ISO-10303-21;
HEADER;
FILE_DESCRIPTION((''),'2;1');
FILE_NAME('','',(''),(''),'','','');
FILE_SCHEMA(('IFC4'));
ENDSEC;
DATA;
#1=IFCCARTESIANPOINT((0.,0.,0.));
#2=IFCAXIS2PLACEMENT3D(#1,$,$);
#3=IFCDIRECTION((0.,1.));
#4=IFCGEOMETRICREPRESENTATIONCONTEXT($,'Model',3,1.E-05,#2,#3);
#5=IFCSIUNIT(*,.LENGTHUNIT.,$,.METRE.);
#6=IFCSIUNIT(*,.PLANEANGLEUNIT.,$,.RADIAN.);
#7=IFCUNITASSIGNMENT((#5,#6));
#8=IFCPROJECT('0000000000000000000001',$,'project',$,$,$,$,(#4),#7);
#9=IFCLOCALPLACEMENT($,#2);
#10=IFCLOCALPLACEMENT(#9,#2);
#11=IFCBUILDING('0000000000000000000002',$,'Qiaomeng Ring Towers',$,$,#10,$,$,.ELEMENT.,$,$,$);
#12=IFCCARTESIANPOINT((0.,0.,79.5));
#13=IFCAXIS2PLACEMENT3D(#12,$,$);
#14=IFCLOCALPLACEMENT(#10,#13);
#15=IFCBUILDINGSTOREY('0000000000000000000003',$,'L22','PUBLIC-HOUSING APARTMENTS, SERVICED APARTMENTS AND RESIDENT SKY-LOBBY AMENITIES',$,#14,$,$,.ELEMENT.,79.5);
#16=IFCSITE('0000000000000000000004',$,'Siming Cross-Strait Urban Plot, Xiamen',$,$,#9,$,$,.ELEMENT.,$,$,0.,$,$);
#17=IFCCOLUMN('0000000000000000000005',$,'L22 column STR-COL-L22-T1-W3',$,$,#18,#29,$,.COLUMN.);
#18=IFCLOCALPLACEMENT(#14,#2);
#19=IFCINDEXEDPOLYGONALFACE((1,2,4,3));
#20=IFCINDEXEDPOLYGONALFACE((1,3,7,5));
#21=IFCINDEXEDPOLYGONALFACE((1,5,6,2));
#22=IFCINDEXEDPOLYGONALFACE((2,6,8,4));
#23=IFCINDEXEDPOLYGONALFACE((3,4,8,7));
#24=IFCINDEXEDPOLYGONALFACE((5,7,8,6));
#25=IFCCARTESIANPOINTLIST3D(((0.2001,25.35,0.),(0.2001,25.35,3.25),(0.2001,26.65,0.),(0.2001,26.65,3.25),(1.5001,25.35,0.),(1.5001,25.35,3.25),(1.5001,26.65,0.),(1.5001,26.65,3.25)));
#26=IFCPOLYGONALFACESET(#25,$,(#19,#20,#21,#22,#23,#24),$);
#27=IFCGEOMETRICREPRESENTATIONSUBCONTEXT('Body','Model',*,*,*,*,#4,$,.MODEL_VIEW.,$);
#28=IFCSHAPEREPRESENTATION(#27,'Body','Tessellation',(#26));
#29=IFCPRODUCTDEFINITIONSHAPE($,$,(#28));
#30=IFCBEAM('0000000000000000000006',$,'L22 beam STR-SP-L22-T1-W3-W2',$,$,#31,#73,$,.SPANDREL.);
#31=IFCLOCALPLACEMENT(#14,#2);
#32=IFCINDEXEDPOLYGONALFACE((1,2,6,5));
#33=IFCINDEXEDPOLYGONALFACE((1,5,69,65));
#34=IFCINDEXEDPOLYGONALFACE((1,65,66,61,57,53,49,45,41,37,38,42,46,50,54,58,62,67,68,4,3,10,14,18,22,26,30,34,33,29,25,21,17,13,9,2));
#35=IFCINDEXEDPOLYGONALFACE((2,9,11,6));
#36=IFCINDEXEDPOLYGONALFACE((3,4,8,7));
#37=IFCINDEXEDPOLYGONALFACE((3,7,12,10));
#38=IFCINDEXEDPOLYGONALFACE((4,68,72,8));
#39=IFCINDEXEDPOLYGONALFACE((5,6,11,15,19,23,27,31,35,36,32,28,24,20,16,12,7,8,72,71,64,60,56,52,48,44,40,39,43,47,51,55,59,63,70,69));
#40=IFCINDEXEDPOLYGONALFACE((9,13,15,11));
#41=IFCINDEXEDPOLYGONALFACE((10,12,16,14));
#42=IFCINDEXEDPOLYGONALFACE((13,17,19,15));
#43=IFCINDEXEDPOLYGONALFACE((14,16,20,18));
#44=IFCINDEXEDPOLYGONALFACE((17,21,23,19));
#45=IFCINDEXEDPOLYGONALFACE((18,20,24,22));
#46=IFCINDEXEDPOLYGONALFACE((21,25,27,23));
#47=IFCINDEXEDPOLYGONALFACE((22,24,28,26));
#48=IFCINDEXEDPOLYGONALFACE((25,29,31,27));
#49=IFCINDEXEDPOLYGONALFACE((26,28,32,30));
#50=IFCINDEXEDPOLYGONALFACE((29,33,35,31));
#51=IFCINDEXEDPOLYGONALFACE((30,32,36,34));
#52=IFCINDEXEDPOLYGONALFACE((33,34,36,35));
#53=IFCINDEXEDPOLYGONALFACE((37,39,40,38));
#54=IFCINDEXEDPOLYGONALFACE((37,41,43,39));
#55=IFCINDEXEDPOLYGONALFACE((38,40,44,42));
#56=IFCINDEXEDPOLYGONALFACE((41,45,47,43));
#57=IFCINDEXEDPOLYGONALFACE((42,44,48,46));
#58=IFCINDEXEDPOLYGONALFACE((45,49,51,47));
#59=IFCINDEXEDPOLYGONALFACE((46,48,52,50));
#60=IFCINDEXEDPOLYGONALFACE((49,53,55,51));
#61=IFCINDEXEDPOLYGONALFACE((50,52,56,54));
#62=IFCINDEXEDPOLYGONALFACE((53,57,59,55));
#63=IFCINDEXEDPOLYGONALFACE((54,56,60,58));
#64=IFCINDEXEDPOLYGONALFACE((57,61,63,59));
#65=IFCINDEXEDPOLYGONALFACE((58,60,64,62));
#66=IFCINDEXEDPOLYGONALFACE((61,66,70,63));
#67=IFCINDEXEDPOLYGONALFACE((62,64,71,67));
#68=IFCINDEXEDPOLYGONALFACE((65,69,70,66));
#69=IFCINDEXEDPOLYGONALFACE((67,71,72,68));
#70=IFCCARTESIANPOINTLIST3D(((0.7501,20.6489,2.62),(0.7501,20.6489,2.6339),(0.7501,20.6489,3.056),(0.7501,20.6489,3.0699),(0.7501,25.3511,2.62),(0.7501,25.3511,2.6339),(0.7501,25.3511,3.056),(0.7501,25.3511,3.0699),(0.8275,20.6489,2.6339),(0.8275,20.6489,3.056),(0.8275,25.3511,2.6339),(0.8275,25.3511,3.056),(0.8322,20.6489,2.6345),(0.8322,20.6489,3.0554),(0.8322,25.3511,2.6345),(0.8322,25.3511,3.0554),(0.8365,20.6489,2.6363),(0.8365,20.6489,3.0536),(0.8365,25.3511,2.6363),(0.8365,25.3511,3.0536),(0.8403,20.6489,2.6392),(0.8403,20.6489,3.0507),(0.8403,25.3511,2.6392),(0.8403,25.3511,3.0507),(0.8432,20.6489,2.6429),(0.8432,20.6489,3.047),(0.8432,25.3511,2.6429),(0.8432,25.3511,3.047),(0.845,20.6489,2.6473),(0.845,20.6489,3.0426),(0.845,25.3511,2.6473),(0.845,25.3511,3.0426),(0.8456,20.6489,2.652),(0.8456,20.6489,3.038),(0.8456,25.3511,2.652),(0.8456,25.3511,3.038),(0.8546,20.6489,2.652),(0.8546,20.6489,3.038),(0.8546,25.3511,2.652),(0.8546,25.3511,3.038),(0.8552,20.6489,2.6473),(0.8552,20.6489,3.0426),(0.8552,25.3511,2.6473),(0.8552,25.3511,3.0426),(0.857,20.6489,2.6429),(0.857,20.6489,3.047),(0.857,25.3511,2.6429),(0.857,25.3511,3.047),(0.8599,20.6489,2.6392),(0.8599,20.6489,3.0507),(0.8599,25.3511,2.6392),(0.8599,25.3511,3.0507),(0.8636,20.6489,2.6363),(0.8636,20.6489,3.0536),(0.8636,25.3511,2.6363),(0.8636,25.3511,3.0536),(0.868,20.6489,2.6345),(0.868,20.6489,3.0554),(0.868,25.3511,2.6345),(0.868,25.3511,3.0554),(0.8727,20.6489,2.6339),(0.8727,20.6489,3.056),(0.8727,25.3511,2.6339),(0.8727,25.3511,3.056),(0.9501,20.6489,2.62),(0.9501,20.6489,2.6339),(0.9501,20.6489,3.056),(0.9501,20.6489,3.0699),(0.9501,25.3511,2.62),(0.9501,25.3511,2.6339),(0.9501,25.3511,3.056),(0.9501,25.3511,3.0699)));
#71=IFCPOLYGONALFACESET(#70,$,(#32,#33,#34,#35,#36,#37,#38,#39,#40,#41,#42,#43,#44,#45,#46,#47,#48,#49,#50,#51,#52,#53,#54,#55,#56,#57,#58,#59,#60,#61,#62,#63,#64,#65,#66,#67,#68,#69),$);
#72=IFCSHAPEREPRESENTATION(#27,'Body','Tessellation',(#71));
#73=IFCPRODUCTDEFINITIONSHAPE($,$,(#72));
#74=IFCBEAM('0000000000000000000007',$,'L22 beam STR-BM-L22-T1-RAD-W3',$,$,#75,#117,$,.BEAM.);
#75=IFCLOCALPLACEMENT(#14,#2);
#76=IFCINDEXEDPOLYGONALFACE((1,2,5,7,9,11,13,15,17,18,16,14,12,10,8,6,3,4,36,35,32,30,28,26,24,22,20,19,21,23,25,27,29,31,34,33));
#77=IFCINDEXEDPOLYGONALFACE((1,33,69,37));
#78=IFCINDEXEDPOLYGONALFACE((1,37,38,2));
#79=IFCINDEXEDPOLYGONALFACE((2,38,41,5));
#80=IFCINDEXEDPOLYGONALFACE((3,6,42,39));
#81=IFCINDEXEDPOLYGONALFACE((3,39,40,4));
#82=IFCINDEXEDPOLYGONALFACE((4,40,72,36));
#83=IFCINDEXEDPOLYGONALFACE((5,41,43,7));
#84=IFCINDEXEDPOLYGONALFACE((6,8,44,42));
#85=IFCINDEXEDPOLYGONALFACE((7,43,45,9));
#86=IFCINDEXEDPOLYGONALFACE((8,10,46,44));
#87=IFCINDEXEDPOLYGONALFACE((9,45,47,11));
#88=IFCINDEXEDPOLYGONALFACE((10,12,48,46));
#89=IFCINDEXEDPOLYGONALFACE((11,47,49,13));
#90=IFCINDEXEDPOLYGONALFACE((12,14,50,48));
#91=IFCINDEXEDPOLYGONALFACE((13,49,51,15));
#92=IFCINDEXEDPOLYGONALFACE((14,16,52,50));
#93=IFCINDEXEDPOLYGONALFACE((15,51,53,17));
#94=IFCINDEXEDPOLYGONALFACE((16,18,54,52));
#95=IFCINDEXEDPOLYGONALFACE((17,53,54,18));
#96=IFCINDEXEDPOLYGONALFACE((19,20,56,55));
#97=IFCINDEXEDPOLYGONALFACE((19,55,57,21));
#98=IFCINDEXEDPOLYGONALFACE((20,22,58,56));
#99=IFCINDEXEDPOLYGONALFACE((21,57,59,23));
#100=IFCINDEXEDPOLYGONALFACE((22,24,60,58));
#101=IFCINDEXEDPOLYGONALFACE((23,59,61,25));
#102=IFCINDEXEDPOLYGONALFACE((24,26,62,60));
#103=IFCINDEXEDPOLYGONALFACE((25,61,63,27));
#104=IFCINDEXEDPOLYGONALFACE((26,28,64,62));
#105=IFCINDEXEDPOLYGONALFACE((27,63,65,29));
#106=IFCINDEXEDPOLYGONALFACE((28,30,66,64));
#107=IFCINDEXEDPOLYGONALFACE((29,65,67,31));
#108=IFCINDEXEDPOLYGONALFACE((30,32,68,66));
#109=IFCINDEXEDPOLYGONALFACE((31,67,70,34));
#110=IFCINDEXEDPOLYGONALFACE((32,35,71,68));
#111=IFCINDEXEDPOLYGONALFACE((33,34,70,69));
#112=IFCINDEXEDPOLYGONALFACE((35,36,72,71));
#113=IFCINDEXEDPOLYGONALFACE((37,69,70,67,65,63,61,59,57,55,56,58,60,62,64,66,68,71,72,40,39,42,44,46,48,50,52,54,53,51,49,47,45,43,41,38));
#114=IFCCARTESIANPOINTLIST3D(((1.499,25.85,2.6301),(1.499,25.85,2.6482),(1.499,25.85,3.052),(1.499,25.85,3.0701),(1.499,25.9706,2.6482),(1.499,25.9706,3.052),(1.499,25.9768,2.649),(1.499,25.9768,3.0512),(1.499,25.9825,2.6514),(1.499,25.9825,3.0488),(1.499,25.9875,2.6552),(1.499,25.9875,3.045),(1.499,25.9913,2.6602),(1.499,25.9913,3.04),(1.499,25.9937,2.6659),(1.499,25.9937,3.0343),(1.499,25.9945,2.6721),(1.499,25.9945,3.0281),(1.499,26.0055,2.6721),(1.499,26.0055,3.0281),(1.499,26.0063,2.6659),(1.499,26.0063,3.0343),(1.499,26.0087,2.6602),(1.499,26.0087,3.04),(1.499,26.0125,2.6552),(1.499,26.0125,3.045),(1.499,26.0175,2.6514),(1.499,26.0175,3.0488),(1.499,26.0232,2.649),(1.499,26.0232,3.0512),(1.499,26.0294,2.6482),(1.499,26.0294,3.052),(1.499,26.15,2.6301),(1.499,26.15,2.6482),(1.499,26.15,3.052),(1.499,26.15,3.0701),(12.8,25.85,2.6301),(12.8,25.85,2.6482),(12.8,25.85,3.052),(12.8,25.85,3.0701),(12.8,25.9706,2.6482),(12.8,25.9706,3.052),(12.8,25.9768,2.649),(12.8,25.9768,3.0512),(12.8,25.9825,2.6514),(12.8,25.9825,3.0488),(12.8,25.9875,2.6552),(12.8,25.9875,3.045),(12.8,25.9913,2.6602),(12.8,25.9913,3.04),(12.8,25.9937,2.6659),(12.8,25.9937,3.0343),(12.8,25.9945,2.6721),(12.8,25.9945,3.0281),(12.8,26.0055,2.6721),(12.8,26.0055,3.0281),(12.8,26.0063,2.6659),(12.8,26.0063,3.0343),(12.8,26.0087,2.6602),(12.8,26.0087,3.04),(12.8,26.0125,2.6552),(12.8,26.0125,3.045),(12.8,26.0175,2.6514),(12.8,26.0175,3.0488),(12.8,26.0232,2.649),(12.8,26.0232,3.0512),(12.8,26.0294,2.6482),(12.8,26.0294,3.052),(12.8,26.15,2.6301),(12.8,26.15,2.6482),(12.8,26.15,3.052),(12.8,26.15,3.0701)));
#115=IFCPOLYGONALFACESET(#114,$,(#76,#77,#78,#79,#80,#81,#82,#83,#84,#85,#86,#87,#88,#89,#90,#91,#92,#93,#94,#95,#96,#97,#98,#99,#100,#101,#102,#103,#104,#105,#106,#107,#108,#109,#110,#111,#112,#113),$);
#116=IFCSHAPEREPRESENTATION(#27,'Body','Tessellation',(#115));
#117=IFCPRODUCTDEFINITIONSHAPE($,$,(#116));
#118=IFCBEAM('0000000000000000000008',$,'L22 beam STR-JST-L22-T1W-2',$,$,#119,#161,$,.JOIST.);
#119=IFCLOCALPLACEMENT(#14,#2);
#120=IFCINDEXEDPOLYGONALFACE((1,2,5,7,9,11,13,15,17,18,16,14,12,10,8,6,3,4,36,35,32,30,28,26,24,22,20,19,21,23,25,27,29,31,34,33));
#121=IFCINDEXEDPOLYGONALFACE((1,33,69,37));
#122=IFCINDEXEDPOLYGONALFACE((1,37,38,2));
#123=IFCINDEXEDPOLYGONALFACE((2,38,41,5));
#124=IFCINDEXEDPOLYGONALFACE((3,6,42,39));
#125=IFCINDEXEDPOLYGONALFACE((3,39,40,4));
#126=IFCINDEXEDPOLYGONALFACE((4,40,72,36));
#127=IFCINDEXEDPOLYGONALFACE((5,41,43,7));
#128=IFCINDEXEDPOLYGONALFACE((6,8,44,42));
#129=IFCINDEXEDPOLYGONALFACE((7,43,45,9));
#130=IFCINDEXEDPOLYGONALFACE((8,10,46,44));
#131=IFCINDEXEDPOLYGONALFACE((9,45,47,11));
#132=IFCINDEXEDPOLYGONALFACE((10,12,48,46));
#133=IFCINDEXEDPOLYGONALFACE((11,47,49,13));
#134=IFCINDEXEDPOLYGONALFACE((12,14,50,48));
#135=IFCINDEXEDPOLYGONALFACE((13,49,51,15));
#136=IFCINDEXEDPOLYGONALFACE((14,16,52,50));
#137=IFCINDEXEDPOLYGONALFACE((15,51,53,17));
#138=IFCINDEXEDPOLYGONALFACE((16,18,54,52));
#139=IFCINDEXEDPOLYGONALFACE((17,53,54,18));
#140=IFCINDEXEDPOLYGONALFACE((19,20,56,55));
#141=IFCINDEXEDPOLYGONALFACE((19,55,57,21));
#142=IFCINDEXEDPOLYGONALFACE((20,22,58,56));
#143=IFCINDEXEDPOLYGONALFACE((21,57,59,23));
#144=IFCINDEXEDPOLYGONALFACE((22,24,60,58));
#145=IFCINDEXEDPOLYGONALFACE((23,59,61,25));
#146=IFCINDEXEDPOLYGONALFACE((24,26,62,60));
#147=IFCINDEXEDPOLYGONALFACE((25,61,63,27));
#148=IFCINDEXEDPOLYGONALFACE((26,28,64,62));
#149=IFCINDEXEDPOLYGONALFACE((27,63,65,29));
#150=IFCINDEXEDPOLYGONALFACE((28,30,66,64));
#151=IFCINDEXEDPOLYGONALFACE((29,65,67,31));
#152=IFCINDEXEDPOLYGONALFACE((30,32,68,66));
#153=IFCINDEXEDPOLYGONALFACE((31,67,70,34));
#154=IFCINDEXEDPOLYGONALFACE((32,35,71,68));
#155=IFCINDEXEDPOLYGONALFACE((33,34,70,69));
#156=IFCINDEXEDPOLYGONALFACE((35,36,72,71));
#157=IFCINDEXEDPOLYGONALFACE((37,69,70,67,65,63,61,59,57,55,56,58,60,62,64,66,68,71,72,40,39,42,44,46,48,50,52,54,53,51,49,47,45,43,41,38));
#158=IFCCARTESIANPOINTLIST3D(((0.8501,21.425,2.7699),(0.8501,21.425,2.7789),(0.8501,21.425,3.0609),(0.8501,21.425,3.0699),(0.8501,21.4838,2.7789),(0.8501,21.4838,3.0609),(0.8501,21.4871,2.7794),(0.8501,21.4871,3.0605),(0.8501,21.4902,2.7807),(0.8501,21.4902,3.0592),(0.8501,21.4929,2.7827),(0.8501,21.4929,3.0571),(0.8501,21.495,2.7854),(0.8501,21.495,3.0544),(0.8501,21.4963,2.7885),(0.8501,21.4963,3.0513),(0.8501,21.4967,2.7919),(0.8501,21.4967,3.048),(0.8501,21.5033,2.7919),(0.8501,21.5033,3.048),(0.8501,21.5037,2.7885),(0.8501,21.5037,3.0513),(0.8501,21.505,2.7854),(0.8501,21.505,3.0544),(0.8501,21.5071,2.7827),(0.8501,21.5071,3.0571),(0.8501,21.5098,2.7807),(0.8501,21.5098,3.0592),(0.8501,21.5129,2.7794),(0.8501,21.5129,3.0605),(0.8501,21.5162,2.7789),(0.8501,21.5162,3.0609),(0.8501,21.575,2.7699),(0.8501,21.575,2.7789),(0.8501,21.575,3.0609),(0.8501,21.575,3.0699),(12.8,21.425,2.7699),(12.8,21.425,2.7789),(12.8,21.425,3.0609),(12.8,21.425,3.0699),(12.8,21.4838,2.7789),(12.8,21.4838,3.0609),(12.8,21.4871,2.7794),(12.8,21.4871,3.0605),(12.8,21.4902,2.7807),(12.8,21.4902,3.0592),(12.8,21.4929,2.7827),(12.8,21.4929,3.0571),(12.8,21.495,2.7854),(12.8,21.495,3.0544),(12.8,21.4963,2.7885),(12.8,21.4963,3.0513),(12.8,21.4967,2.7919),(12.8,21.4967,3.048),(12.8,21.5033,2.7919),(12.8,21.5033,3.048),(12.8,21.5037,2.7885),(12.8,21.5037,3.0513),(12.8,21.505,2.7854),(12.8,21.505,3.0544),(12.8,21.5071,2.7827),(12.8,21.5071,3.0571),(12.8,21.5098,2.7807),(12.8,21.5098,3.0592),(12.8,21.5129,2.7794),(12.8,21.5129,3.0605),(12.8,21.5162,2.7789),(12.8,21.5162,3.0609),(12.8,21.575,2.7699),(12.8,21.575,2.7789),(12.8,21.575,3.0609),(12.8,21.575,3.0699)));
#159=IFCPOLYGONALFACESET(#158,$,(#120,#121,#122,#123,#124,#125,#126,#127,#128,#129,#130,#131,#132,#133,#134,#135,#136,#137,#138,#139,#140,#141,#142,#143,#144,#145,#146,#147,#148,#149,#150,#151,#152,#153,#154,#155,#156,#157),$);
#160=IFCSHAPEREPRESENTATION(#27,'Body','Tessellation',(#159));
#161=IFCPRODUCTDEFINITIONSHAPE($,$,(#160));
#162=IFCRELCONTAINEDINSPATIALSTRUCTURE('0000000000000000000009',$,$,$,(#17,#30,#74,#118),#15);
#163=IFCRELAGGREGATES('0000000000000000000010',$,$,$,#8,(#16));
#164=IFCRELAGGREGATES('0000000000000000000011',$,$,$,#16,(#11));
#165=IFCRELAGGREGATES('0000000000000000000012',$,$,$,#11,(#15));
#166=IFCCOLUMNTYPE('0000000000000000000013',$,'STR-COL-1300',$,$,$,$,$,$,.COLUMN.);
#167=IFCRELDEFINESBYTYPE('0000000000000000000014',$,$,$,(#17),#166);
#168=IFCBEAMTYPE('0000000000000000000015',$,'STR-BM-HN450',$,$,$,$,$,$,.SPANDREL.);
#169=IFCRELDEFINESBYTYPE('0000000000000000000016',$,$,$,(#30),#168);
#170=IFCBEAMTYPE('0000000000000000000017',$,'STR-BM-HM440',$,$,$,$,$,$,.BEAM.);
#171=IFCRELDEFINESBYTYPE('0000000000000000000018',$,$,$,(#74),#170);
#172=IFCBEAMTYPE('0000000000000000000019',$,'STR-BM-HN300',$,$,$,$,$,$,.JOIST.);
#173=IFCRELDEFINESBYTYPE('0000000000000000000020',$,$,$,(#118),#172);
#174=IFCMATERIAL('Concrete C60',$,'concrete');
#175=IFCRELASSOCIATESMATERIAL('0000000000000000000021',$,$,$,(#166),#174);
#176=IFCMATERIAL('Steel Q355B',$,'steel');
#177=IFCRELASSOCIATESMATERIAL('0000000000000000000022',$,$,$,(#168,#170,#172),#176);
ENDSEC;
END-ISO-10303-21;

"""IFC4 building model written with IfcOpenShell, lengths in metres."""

from ifc_helpers import new_model, si_unit, direction, frame, origin, origin_2d, place, context, subcontext, project, spatial, rectangle, i_section, extrude, source, transform, mapped, material, material_profile, profile_set, type_object, element, save


model = new_model("IFC4")

# Units and contexts
model_context = context("Model", 3, precision=1e-05, world=origin(), true_north=direction((0.0, 1.0)))
body_context = subcontext(model_context, "Body", "Model", "MODEL_VIEW")
ifc_project = project(units=[si_unit("LENGTHUNIT", "METRE"), si_unit("PLANEANGLEUNIT", "RADIAN")], contexts=[model_context])

# Site, building, storey
site_placement = place(None, origin())
site = spatial("IfcSite", under=ifc_project, at=site_placement, Name="Siming Cross-Strait Urban Plot, Xiamen", CompositionType="ELEMENT", RefElevation=0.0)
building_placement = place(site_placement, origin())
building = spatial("IfcBuilding", under=site, at=building_placement, Name="Qiaomeng Ring Towers", CompositionType="ELEMENT")
storey_placement = place(building_placement, frame((0.0, 0.0, 79.5)))
storey = spatial("IfcBuildingStorey", under=building, at=storey_placement, Name="L22", Description="PUBLIC-HOUSING APARTMENTS, SERVICED APARTMENTS AND RESIDENT SKY-LOBBY AMENITIES", CompositionType="ELEMENT", Elevation=79.5)

# Column
ifc_material_1 = material(Name="Concrete C60", Category="concrete")
ifc_material_profile_1 = material_profile(ifc_material_1, rectangle(XDim=1.3, YDim=1.3, at=origin_2d()), Name="RC COL 1300x1300")
ifc_profile_set_1 = profile_set([ifc_material_profile_1], Name="Concrete C60")
column_type = type_object("IfcColumnType", Name="STR-COL-1300", PredefinedType="COLUMN", material=ifc_profile_set_1)
shared_shape_1 = source(origin(), body_context, "Body", "SweptSolid", [
    extrude(rectangle(XDim=1.3, YDim=1.3, at=origin_2d()), origin(), (0.0, 0.0, 1.0), 3.25),
])
column_placement = place(storey_placement, frame((0.8501, 26.0, 0.0), z_axis=(0.0, 0.0, 1.0), x_axis=(1.0, 0.0, 0.0)))
element("IfcColumn", 1, at=column_placement, inside=storey, type_object=column_type, Name="L22 column STR-COL-L22-T1-W3", PredefinedType="COLUMN", context=body_context, shape_type="MappedRepresentation", body=[
    mapped(shared_shape_1, transform((0.0, 0.0, 0.0), x_axis=(1.0, 0.0, 0.0), y_axis=(0.0, 1.0, 0.0), z_axis=(0.0, 0.0, 1.0), scale=1.0)),
])

# Beams
ifc_material_2 = material(Name="Steel Q355B", Category="steel")
ifc_material_profile_2 = material_profile(ifc_material_2, i_section(OverallWidth=0.2, OverallDepth=0.45, WebThickness=0.009, FlangeThickness=0.0139, FilletRadius=0.0181, at=origin_2d()), Name="HN 450x200x9x14")
ifc_profile_set_2 = profile_set([ifc_material_profile_2], Name="Steel Q355B")
beam_type_1 = type_object("IfcBeamType", Name="STR-BM-HN450", PredefinedType="SPANDREL", material=ifc_profile_set_2)
shared_shape_2 = source(origin(), body_context, "Body", "SweptSolid", [
    extrude(i_section(OverallWidth=0.2, OverallDepth=0.45, WebThickness=0.009, FlangeThickness=0.0139, FilletRadius=0.0181, at=origin_2d()), origin(), (0.0, 0.0, 1.0), 4.7021),
])
beam_1_placement = place(storey_placement, frame((0.8501, 25.3511, 2.845), z_axis=(0.0, -1.0, 0.0), x_axis=(1.0, 0.0, 0.0)))
element("IfcBeam", 2, at=beam_1_placement, inside=storey, type_object=beam_type_1, Name="L22 beam STR-SP-L22-T1-W3-W2", PredefinedType="SPANDREL", context=body_context, shape_type="MappedRepresentation", body=[
    mapped(shared_shape_2, transform((0.0, 0.0, 0.0), x_axis=(1.0, 0.0, 0.0), y_axis=(0.0, 1.0, 0.0), z_axis=(0.0, 0.0, 1.0), scale=1.0)),
])
ifc_material_profile_3 = material_profile(ifc_material_2, i_section(OverallWidth=0.3, OverallDepth=0.4399, WebThickness=0.011, FlangeThickness=0.0181, FilletRadius=0.0239, at=origin_2d()), Name="HM 440x300x11x18")
ifc_profile_set_3 = profile_set([ifc_material_profile_3], Name="Steel Q355B")
beam_type_2 = type_object("IfcBeamType", Name="STR-BM-HM440", PredefinedType="BEAM", material=ifc_profile_set_3)
shared_shape_3 = source(origin(), body_context, "Body", "SweptSolid", [
    extrude(i_section(OverallWidth=0.3, OverallDepth=0.4399, WebThickness=0.011, FlangeThickness=0.0181, FilletRadius=0.0239, at=origin_2d()), origin(), (0.0, 0.0, 1.0), 11.301),
])
beam_2_placement = place(storey_placement, frame((1.499, 26.0, 2.8501), z_axis=(1.0, 0.0, 0.0), x_axis=(0.0, 1.0, 0.0)))
element("IfcBeam", 3, at=beam_2_placement, inside=storey, type_object=beam_type_2, Name="L22 beam STR-BM-L22-T1-RAD-W3", PredefinedType="BEAM", context=body_context, shape_type="MappedRepresentation", body=[
    mapped(shared_shape_3, transform((0.0, 0.0, 0.0), x_axis=(1.0, 0.0, 0.0), y_axis=(0.0, 1.0, 0.0), z_axis=(0.0, 0.0, 1.0), scale=1.0)),
])
ifc_material_profile_4 = material_profile(ifc_material_2, i_section(OverallWidth=0.1499, OverallDepth=0.3, WebThickness=0.0066, FlangeThickness=0.009, FilletRadius=0.0129, at=origin_2d()), Name="HN 300x150x6.5x9")
ifc_profile_set_4 = profile_set([ifc_material_profile_4], Name="Steel Q355B")
beam_type_3 = type_object("IfcBeamType", Name="STR-BM-HN300", PredefinedType="JOIST", material=ifc_profile_set_4)
shared_shape_4 = source(origin(), body_context, "Body", "SweptSolid", [
    extrude(i_section(OverallWidth=0.1499, OverallDepth=0.3, WebThickness=0.0066, FlangeThickness=0.009, FilletRadius=0.0129, at=origin_2d()), origin(), (0.0, 0.0, 1.0), 11.95),
])
for number, where, z_axis, x_axis, name in (
    (4, (0.8501, 21.5, 2.9199), (1.0, 0.0, 0.0), (0.0, 1.0, 0.0), "L22 beam STR-JST-L22-T1W-2"),
):
    element("IfcBeam", number, at=place(storey_placement, frame(where, z_axis=z_axis, x_axis=x_axis)), inside=storey, type_object=beam_type_3, Name=name, PredefinedType="JOIST", context=body_context, shape_type="MappedRepresentation", body=[
        mapped(shared_shape_4, transform((0.0, 0.0, 0.0), x_axis=(1.0, 0.0, 0.0), y_axis=(0.0, 1.0, 0.0), z_axis=(0.0, 0.0, 1.0), scale=1.0)),
    ])

save(model, "model.ifc")
